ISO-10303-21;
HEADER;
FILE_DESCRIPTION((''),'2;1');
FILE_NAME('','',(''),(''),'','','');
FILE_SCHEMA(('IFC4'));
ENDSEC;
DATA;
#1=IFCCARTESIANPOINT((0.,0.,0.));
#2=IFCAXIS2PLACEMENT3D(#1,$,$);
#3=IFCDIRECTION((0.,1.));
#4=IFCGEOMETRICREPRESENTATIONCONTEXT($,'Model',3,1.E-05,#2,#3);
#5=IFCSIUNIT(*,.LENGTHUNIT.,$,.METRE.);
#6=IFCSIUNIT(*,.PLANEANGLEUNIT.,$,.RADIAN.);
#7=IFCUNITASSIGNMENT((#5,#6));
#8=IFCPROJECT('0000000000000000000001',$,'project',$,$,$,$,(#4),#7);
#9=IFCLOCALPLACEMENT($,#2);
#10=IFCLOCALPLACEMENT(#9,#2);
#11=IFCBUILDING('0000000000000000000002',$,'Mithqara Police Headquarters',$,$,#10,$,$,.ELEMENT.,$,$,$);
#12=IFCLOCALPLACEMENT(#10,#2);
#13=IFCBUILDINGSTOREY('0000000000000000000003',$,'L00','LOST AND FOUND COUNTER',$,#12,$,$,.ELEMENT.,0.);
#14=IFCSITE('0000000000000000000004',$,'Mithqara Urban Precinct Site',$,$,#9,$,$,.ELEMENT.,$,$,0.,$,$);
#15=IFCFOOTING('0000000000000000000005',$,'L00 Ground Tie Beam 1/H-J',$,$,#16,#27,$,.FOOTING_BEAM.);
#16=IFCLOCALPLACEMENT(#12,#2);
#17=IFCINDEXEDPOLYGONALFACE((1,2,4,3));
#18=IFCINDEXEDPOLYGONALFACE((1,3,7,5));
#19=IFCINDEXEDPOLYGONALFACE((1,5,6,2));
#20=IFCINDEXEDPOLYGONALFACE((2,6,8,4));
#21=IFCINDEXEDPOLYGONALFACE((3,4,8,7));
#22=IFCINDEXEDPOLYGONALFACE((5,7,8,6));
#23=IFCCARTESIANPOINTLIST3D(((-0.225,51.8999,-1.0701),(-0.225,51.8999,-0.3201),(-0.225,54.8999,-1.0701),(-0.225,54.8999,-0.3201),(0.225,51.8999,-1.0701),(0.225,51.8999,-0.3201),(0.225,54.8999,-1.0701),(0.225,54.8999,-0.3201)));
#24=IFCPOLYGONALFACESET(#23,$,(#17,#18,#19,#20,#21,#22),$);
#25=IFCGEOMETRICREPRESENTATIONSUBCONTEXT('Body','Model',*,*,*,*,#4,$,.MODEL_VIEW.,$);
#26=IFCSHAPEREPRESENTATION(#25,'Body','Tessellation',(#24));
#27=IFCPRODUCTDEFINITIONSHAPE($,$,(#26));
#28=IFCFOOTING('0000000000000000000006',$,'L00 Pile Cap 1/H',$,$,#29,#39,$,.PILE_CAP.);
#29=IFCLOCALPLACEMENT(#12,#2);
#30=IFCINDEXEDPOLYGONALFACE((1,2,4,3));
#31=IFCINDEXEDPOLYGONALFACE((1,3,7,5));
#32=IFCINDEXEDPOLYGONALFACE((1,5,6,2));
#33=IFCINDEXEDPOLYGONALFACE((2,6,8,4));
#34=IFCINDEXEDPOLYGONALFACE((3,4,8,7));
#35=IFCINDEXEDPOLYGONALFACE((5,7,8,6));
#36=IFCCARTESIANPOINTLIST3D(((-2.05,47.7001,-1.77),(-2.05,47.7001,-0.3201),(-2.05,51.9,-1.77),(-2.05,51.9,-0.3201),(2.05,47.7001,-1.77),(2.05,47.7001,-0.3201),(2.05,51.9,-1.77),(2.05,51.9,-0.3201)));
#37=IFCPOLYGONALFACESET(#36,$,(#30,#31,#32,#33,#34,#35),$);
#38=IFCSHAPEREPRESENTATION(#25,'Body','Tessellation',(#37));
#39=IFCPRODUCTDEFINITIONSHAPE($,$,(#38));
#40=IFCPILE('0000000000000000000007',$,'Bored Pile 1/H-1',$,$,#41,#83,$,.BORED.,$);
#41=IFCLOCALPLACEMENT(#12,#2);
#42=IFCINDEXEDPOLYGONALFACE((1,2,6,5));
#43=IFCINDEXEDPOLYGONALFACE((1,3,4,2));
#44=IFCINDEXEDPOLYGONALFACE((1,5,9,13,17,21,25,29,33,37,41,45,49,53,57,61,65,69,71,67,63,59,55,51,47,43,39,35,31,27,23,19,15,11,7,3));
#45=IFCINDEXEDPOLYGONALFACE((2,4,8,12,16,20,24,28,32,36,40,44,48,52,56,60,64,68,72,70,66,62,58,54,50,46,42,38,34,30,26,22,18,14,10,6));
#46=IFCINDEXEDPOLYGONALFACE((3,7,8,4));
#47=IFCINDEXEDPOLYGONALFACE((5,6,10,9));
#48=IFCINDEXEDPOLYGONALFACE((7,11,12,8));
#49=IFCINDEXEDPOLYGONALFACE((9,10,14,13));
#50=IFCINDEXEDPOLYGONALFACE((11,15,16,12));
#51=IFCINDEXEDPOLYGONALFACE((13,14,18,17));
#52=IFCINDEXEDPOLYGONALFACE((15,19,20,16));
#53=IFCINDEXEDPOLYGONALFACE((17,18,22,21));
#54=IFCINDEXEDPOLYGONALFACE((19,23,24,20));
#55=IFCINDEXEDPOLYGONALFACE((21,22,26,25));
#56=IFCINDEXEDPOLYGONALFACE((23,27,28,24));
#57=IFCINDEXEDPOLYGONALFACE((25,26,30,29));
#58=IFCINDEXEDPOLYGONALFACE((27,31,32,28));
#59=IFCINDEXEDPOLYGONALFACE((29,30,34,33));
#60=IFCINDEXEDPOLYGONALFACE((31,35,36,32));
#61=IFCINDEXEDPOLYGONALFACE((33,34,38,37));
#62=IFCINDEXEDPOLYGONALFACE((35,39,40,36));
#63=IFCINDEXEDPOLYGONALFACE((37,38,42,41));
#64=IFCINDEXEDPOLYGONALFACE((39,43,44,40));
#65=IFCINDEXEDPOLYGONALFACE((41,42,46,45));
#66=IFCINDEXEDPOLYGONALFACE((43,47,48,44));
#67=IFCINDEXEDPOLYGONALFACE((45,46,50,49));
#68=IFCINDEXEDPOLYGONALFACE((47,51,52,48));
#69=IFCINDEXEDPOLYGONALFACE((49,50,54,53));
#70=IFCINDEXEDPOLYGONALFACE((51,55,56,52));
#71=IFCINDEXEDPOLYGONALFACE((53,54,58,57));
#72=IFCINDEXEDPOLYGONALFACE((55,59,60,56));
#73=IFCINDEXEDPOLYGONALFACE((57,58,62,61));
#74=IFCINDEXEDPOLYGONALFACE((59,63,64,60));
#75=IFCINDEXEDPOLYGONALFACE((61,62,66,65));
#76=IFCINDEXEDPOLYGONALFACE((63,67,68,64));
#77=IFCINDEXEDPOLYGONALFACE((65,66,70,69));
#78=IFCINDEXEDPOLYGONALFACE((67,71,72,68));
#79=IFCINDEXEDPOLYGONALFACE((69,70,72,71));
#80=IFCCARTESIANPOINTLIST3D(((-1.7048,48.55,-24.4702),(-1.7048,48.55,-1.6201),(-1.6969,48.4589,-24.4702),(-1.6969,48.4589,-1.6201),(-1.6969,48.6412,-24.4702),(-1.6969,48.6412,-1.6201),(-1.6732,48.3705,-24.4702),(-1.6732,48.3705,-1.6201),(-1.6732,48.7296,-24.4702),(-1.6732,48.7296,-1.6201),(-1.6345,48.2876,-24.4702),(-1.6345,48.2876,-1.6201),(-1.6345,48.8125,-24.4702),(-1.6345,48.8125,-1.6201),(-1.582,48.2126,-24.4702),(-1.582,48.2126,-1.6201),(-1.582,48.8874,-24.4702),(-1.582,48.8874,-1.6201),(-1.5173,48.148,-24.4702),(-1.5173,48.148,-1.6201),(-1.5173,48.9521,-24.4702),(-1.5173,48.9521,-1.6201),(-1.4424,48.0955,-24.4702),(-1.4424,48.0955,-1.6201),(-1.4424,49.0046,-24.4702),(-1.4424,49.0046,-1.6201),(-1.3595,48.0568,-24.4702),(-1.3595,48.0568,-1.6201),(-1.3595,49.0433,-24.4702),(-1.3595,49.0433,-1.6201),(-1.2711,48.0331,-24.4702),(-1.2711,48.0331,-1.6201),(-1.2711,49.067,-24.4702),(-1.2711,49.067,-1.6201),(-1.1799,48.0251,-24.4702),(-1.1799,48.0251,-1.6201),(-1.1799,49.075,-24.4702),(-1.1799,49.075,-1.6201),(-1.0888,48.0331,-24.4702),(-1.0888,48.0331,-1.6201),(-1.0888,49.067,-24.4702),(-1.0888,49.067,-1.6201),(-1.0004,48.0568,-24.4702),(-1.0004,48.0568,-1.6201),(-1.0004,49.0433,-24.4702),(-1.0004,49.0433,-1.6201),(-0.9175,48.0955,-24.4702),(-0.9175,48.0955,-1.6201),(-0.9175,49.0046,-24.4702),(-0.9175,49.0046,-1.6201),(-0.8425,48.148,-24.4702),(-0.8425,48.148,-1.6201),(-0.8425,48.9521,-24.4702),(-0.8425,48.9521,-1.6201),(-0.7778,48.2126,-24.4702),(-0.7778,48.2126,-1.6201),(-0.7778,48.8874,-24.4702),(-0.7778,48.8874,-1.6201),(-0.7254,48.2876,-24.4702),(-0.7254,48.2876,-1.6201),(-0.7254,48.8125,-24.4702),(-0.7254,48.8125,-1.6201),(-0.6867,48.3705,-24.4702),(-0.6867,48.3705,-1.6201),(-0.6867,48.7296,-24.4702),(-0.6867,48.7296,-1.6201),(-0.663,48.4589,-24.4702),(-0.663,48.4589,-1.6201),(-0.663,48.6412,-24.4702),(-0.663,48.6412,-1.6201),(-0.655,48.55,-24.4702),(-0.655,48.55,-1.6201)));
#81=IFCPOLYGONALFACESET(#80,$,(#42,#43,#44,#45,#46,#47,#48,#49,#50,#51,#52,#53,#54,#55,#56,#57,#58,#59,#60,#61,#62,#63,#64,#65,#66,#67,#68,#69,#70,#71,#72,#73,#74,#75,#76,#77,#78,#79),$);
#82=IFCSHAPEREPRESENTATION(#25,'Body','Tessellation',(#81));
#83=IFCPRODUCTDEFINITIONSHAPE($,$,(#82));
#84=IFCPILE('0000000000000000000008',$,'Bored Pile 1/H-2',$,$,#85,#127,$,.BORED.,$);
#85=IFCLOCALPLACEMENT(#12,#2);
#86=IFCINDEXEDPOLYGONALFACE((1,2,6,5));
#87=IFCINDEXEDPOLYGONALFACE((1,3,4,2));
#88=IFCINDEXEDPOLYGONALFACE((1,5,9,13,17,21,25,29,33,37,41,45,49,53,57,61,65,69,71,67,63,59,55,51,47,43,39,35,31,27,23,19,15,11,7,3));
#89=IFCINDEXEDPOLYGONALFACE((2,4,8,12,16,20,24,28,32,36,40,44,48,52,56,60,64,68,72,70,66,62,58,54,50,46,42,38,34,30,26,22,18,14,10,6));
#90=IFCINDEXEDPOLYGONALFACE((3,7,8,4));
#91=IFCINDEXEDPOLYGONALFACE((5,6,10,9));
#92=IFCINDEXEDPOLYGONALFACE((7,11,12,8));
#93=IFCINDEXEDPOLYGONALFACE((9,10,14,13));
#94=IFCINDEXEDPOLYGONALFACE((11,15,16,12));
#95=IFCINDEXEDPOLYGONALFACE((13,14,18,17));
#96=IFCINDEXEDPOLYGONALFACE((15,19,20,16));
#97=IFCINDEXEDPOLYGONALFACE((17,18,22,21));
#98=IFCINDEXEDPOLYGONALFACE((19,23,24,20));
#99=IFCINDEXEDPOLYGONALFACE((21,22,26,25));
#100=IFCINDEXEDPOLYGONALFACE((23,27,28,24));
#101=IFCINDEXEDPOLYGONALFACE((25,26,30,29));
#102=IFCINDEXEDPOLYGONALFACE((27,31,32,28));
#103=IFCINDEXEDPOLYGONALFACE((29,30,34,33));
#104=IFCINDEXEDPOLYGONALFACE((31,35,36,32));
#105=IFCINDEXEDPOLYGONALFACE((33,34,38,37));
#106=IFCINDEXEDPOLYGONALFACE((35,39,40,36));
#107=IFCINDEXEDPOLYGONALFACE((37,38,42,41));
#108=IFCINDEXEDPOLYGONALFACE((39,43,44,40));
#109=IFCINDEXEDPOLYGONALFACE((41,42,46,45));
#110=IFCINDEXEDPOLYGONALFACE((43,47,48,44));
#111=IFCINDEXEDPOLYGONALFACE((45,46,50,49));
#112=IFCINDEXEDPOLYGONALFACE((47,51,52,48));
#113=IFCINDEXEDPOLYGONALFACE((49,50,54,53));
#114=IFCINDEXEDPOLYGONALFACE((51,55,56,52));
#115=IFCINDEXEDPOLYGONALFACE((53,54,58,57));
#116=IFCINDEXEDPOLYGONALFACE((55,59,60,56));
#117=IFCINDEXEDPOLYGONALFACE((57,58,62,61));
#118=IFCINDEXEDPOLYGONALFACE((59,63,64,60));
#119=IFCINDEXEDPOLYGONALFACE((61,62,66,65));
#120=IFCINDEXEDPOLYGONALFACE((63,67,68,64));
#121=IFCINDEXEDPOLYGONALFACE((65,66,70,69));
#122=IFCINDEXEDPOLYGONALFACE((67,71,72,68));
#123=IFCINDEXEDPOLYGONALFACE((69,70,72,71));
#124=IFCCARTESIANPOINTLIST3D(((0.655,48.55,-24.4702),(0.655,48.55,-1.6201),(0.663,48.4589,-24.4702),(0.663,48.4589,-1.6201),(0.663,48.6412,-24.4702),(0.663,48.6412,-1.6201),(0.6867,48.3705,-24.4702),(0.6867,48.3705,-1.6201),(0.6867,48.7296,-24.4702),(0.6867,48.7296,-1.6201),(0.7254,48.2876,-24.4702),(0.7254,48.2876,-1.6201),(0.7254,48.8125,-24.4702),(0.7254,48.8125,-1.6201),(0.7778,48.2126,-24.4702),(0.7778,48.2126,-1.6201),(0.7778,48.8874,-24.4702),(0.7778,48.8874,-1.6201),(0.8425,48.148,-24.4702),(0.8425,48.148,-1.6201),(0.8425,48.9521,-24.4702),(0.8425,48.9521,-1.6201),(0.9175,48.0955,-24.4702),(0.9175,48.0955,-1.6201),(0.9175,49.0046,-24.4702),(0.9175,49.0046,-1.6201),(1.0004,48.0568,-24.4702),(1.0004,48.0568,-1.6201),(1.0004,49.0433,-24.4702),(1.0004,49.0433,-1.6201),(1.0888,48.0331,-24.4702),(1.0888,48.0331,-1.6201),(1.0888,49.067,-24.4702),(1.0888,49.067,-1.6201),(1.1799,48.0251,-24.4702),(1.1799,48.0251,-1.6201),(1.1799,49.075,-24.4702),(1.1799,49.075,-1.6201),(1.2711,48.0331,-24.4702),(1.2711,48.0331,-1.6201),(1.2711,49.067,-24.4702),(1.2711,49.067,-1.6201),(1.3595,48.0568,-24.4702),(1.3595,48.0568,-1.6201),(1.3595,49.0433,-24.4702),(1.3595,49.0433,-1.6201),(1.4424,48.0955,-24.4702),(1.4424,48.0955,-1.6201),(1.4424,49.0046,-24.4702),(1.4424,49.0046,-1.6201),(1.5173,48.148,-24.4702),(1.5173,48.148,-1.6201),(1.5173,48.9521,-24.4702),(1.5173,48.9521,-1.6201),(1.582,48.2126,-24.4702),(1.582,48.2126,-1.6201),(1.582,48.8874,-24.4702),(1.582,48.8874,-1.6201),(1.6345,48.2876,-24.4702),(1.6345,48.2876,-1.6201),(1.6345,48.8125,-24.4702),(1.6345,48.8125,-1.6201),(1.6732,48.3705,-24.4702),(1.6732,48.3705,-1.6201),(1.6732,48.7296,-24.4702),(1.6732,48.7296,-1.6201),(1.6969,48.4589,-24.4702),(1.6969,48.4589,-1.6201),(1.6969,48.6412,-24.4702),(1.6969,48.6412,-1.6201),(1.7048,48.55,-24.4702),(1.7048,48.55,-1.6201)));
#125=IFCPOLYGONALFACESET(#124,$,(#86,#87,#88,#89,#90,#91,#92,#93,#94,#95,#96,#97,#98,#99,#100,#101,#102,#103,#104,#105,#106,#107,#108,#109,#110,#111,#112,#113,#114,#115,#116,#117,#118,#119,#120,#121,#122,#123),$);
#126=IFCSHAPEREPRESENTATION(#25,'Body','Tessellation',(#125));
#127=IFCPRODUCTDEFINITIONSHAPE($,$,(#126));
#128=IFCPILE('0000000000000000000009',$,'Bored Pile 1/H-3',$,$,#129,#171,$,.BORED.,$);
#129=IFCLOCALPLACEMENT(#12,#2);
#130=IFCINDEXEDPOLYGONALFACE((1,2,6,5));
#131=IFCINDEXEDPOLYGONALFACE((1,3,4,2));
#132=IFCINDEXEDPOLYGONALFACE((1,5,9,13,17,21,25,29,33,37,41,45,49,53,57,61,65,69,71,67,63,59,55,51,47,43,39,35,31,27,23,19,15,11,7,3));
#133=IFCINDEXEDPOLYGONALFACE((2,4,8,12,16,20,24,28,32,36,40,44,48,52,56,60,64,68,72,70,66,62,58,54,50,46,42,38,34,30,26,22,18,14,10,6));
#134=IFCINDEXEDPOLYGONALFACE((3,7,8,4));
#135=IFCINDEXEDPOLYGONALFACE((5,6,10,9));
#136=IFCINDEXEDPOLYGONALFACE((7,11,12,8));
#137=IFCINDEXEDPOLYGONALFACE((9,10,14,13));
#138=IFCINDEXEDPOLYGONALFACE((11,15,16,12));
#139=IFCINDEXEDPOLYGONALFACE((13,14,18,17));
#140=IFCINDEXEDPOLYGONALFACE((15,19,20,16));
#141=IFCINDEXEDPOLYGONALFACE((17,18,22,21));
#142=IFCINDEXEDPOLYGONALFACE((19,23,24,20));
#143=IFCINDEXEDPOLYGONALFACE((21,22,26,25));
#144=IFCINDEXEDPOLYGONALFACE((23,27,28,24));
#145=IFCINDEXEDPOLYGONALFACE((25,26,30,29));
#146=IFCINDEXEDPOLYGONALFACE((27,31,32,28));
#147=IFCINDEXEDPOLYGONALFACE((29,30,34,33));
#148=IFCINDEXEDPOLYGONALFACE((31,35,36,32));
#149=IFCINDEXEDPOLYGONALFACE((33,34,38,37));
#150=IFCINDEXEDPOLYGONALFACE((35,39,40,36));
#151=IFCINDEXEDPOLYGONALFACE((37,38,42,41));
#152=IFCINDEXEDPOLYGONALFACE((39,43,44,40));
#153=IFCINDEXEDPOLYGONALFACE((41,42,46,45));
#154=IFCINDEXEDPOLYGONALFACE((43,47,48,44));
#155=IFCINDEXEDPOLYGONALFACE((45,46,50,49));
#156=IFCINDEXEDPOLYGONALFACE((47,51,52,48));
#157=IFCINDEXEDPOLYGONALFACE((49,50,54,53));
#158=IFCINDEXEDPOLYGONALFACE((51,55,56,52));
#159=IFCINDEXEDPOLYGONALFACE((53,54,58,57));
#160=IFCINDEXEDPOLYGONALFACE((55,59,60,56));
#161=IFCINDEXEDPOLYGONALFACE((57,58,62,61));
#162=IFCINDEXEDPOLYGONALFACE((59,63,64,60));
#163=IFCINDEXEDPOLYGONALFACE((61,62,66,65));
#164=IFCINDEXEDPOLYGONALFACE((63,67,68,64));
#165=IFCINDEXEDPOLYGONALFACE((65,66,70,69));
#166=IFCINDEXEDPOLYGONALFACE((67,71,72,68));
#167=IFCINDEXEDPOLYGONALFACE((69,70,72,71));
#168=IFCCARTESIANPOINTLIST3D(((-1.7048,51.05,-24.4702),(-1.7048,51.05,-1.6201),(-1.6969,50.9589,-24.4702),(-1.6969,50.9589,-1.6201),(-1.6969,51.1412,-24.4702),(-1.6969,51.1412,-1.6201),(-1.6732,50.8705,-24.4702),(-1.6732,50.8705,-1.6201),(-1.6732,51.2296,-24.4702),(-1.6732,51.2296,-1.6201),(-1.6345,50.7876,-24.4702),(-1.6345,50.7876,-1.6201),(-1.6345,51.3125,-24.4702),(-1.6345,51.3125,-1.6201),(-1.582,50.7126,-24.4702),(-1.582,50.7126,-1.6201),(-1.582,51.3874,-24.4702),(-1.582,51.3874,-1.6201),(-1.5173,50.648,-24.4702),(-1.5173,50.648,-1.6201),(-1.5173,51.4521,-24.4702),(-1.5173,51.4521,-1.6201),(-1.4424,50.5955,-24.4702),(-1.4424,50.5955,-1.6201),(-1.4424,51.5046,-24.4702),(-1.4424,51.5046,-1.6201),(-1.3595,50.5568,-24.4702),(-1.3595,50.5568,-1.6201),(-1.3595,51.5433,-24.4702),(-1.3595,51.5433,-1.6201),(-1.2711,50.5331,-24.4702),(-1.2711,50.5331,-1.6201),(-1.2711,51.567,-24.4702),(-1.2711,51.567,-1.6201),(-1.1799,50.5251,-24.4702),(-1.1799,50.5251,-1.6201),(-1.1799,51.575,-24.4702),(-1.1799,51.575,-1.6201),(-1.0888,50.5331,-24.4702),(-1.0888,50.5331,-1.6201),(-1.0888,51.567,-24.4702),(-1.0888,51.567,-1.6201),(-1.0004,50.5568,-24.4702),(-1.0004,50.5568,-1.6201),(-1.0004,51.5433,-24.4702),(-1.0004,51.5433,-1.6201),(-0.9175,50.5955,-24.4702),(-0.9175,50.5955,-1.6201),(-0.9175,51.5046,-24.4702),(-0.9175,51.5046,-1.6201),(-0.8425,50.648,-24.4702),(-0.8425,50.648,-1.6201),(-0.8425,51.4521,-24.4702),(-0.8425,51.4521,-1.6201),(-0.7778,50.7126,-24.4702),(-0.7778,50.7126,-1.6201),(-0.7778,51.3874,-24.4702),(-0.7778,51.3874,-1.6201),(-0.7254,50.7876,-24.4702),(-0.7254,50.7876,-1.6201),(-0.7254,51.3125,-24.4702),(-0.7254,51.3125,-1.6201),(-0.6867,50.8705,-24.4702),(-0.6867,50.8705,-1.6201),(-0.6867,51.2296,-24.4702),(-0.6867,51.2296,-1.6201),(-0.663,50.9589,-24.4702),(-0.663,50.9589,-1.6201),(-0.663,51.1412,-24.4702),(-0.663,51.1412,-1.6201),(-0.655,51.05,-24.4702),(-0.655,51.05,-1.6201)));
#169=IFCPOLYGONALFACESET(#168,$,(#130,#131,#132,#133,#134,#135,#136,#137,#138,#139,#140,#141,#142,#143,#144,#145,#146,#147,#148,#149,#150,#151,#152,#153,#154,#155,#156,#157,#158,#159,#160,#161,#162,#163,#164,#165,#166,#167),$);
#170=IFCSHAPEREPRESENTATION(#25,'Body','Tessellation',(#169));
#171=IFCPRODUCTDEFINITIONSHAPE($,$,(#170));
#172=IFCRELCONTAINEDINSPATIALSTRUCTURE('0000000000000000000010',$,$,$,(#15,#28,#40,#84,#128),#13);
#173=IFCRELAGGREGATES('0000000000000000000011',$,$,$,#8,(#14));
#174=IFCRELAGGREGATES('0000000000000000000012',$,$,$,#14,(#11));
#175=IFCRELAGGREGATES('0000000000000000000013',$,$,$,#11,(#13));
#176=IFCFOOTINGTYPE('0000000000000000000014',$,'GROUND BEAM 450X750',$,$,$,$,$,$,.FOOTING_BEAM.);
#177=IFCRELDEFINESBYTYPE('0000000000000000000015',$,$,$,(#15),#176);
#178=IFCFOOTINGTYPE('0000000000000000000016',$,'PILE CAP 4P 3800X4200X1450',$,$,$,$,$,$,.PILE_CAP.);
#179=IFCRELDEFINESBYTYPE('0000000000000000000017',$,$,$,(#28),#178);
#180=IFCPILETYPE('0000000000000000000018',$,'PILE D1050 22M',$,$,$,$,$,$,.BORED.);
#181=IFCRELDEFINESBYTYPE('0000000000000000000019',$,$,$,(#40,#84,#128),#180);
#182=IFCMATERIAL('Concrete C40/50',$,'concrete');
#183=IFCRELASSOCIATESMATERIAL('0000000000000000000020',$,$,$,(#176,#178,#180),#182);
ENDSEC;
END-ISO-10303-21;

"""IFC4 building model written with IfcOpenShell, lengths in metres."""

from ifc_helpers import new_model, si_unit, direction, frame, origin, origin_2d, place, context, subcontext, project, spatial, rectangle, circle, extrude, material, material_profile, profile_set, type_object, element, save


model = new_model("IFC4")

# Units and contexts
model_context = context("Model", 3, precision=1e-05, world=origin(), true_north=direction((0.0, 1.0)))
body_context = subcontext(model_context, "Body", "Model", "MODEL_VIEW")
ifc_project = project(units=[si_unit("LENGTHUNIT", "METRE"), si_unit("PLANEANGLEUNIT", "RADIAN")], contexts=[model_context])

# Site, building, storey
site_placement = place(None, origin())
site = spatial("IfcSite", under=ifc_project, at=site_placement, Name="Mithqara Urban Precinct Site", CompositionType="ELEMENT", RefElevation=0.0)
building_placement = place(site_placement, origin())
building = spatial("IfcBuilding", under=site, at=building_placement, Name="Mithqara Police Headquarters", CompositionType="ELEMENT")
storey_placement = place(building_placement, origin())
storey = spatial("IfcBuildingStorey", under=building, at=storey_placement, Name="L00", Description="LOST AND FOUND COUNTER", CompositionType="ELEMENT", Elevation=0.0)

# Footings
ifc_material_1 = material(Name="Concrete C40/50", Category="concrete")
footing_type_1 = type_object("IfcFootingType", Name="GROUND BEAM 450X750", PredefinedType="FOOTING_BEAM", material=ifc_material_1)
footing_1_placement = place(storey_placement, frame((0.0, 53.3999, -1.0701), z_axis=(0.0, 0.0, 1.0), x_axis=(1.0, 0.0, 0.0)))
element("IfcFooting", 1, at=footing_1_placement, inside=storey, type_object=footing_type_1, Name="L00 Ground Tie Beam 1/H-J", PredefinedType="FOOTING_BEAM", context=body_context, shape_type="SweptSolid", body=[
    extrude(rectangle(XDim=0.45, YDim=3.0, at=origin_2d()), origin(), (0.0, 0.0, 1.0), 0.75),
])
footing_type_2 = type_object("IfcFootingType", Name="PILE CAP 4P 3800X4200X1450", PredefinedType="PILE_CAP", material=ifc_material_1)
footing_2_placement = place(storey_placement, frame((0.0, 49.8, -1.77), z_axis=(0.0, 0.0, 1.0), x_axis=(1.0, 0.0, 0.0)))
element("IfcFooting", 2, at=footing_2_placement, inside=storey, type_object=footing_type_2, Name="L00 Pile Cap 1/H", PredefinedType="PILE_CAP", context=body_context, shape_type="SweptSolid", body=[
    extrude(rectangle(XDim=4.1001, YDim=4.2, at=origin_2d()), origin(), (0.0, 0.0, 1.0), 1.45),
])

# Piles
ifc_material_profile_1 = material_profile(ifc_material_1, circle(Radius=0.5249, at=origin_2d()), Name="PILE D1050")
ifc_profile_set_1 = profile_set([ifc_material_profile_1], Name="Concrete C40/50")
pile_type = type_object("IfcPileType", Name="PILE D1050 22M", PredefinedType="BORED", material=ifc_profile_set_1)
for number, where, z_axis, x_axis, name in (
    (3, (-1.1799, 48.55, -1.6201), (0.0, 0.0, -1.0), (1.0, 0.0, 0.0), "Bored Pile 1/H-1"),
    (4, (1.1799, 48.55, -1.6201), (0.0, 0.0, -1.0), (1.0, 0.0, 0.0), "Bored Pile 1/H-2"),
    (5, (-1.1799, 51.05, -1.6201), (0.0, 0.0, -1.0), (1.0, 0.0, 0.0), "Bored Pile 1/H-3"),
):
    element("IfcPile", number, at=place(storey_placement, frame(where, z_axis=z_axis, x_axis=x_axis)), inside=storey, type_object=pile_type, Name=name, PredefinedType="BORED", context=body_context, shape_type="SweptSolid", body=[
        extrude(circle(Radius=0.5249, at=origin_2d()), origin(), (0.0, 0.0, 1.0), 22.8501),
    ])

save(model, "model.ifc")
